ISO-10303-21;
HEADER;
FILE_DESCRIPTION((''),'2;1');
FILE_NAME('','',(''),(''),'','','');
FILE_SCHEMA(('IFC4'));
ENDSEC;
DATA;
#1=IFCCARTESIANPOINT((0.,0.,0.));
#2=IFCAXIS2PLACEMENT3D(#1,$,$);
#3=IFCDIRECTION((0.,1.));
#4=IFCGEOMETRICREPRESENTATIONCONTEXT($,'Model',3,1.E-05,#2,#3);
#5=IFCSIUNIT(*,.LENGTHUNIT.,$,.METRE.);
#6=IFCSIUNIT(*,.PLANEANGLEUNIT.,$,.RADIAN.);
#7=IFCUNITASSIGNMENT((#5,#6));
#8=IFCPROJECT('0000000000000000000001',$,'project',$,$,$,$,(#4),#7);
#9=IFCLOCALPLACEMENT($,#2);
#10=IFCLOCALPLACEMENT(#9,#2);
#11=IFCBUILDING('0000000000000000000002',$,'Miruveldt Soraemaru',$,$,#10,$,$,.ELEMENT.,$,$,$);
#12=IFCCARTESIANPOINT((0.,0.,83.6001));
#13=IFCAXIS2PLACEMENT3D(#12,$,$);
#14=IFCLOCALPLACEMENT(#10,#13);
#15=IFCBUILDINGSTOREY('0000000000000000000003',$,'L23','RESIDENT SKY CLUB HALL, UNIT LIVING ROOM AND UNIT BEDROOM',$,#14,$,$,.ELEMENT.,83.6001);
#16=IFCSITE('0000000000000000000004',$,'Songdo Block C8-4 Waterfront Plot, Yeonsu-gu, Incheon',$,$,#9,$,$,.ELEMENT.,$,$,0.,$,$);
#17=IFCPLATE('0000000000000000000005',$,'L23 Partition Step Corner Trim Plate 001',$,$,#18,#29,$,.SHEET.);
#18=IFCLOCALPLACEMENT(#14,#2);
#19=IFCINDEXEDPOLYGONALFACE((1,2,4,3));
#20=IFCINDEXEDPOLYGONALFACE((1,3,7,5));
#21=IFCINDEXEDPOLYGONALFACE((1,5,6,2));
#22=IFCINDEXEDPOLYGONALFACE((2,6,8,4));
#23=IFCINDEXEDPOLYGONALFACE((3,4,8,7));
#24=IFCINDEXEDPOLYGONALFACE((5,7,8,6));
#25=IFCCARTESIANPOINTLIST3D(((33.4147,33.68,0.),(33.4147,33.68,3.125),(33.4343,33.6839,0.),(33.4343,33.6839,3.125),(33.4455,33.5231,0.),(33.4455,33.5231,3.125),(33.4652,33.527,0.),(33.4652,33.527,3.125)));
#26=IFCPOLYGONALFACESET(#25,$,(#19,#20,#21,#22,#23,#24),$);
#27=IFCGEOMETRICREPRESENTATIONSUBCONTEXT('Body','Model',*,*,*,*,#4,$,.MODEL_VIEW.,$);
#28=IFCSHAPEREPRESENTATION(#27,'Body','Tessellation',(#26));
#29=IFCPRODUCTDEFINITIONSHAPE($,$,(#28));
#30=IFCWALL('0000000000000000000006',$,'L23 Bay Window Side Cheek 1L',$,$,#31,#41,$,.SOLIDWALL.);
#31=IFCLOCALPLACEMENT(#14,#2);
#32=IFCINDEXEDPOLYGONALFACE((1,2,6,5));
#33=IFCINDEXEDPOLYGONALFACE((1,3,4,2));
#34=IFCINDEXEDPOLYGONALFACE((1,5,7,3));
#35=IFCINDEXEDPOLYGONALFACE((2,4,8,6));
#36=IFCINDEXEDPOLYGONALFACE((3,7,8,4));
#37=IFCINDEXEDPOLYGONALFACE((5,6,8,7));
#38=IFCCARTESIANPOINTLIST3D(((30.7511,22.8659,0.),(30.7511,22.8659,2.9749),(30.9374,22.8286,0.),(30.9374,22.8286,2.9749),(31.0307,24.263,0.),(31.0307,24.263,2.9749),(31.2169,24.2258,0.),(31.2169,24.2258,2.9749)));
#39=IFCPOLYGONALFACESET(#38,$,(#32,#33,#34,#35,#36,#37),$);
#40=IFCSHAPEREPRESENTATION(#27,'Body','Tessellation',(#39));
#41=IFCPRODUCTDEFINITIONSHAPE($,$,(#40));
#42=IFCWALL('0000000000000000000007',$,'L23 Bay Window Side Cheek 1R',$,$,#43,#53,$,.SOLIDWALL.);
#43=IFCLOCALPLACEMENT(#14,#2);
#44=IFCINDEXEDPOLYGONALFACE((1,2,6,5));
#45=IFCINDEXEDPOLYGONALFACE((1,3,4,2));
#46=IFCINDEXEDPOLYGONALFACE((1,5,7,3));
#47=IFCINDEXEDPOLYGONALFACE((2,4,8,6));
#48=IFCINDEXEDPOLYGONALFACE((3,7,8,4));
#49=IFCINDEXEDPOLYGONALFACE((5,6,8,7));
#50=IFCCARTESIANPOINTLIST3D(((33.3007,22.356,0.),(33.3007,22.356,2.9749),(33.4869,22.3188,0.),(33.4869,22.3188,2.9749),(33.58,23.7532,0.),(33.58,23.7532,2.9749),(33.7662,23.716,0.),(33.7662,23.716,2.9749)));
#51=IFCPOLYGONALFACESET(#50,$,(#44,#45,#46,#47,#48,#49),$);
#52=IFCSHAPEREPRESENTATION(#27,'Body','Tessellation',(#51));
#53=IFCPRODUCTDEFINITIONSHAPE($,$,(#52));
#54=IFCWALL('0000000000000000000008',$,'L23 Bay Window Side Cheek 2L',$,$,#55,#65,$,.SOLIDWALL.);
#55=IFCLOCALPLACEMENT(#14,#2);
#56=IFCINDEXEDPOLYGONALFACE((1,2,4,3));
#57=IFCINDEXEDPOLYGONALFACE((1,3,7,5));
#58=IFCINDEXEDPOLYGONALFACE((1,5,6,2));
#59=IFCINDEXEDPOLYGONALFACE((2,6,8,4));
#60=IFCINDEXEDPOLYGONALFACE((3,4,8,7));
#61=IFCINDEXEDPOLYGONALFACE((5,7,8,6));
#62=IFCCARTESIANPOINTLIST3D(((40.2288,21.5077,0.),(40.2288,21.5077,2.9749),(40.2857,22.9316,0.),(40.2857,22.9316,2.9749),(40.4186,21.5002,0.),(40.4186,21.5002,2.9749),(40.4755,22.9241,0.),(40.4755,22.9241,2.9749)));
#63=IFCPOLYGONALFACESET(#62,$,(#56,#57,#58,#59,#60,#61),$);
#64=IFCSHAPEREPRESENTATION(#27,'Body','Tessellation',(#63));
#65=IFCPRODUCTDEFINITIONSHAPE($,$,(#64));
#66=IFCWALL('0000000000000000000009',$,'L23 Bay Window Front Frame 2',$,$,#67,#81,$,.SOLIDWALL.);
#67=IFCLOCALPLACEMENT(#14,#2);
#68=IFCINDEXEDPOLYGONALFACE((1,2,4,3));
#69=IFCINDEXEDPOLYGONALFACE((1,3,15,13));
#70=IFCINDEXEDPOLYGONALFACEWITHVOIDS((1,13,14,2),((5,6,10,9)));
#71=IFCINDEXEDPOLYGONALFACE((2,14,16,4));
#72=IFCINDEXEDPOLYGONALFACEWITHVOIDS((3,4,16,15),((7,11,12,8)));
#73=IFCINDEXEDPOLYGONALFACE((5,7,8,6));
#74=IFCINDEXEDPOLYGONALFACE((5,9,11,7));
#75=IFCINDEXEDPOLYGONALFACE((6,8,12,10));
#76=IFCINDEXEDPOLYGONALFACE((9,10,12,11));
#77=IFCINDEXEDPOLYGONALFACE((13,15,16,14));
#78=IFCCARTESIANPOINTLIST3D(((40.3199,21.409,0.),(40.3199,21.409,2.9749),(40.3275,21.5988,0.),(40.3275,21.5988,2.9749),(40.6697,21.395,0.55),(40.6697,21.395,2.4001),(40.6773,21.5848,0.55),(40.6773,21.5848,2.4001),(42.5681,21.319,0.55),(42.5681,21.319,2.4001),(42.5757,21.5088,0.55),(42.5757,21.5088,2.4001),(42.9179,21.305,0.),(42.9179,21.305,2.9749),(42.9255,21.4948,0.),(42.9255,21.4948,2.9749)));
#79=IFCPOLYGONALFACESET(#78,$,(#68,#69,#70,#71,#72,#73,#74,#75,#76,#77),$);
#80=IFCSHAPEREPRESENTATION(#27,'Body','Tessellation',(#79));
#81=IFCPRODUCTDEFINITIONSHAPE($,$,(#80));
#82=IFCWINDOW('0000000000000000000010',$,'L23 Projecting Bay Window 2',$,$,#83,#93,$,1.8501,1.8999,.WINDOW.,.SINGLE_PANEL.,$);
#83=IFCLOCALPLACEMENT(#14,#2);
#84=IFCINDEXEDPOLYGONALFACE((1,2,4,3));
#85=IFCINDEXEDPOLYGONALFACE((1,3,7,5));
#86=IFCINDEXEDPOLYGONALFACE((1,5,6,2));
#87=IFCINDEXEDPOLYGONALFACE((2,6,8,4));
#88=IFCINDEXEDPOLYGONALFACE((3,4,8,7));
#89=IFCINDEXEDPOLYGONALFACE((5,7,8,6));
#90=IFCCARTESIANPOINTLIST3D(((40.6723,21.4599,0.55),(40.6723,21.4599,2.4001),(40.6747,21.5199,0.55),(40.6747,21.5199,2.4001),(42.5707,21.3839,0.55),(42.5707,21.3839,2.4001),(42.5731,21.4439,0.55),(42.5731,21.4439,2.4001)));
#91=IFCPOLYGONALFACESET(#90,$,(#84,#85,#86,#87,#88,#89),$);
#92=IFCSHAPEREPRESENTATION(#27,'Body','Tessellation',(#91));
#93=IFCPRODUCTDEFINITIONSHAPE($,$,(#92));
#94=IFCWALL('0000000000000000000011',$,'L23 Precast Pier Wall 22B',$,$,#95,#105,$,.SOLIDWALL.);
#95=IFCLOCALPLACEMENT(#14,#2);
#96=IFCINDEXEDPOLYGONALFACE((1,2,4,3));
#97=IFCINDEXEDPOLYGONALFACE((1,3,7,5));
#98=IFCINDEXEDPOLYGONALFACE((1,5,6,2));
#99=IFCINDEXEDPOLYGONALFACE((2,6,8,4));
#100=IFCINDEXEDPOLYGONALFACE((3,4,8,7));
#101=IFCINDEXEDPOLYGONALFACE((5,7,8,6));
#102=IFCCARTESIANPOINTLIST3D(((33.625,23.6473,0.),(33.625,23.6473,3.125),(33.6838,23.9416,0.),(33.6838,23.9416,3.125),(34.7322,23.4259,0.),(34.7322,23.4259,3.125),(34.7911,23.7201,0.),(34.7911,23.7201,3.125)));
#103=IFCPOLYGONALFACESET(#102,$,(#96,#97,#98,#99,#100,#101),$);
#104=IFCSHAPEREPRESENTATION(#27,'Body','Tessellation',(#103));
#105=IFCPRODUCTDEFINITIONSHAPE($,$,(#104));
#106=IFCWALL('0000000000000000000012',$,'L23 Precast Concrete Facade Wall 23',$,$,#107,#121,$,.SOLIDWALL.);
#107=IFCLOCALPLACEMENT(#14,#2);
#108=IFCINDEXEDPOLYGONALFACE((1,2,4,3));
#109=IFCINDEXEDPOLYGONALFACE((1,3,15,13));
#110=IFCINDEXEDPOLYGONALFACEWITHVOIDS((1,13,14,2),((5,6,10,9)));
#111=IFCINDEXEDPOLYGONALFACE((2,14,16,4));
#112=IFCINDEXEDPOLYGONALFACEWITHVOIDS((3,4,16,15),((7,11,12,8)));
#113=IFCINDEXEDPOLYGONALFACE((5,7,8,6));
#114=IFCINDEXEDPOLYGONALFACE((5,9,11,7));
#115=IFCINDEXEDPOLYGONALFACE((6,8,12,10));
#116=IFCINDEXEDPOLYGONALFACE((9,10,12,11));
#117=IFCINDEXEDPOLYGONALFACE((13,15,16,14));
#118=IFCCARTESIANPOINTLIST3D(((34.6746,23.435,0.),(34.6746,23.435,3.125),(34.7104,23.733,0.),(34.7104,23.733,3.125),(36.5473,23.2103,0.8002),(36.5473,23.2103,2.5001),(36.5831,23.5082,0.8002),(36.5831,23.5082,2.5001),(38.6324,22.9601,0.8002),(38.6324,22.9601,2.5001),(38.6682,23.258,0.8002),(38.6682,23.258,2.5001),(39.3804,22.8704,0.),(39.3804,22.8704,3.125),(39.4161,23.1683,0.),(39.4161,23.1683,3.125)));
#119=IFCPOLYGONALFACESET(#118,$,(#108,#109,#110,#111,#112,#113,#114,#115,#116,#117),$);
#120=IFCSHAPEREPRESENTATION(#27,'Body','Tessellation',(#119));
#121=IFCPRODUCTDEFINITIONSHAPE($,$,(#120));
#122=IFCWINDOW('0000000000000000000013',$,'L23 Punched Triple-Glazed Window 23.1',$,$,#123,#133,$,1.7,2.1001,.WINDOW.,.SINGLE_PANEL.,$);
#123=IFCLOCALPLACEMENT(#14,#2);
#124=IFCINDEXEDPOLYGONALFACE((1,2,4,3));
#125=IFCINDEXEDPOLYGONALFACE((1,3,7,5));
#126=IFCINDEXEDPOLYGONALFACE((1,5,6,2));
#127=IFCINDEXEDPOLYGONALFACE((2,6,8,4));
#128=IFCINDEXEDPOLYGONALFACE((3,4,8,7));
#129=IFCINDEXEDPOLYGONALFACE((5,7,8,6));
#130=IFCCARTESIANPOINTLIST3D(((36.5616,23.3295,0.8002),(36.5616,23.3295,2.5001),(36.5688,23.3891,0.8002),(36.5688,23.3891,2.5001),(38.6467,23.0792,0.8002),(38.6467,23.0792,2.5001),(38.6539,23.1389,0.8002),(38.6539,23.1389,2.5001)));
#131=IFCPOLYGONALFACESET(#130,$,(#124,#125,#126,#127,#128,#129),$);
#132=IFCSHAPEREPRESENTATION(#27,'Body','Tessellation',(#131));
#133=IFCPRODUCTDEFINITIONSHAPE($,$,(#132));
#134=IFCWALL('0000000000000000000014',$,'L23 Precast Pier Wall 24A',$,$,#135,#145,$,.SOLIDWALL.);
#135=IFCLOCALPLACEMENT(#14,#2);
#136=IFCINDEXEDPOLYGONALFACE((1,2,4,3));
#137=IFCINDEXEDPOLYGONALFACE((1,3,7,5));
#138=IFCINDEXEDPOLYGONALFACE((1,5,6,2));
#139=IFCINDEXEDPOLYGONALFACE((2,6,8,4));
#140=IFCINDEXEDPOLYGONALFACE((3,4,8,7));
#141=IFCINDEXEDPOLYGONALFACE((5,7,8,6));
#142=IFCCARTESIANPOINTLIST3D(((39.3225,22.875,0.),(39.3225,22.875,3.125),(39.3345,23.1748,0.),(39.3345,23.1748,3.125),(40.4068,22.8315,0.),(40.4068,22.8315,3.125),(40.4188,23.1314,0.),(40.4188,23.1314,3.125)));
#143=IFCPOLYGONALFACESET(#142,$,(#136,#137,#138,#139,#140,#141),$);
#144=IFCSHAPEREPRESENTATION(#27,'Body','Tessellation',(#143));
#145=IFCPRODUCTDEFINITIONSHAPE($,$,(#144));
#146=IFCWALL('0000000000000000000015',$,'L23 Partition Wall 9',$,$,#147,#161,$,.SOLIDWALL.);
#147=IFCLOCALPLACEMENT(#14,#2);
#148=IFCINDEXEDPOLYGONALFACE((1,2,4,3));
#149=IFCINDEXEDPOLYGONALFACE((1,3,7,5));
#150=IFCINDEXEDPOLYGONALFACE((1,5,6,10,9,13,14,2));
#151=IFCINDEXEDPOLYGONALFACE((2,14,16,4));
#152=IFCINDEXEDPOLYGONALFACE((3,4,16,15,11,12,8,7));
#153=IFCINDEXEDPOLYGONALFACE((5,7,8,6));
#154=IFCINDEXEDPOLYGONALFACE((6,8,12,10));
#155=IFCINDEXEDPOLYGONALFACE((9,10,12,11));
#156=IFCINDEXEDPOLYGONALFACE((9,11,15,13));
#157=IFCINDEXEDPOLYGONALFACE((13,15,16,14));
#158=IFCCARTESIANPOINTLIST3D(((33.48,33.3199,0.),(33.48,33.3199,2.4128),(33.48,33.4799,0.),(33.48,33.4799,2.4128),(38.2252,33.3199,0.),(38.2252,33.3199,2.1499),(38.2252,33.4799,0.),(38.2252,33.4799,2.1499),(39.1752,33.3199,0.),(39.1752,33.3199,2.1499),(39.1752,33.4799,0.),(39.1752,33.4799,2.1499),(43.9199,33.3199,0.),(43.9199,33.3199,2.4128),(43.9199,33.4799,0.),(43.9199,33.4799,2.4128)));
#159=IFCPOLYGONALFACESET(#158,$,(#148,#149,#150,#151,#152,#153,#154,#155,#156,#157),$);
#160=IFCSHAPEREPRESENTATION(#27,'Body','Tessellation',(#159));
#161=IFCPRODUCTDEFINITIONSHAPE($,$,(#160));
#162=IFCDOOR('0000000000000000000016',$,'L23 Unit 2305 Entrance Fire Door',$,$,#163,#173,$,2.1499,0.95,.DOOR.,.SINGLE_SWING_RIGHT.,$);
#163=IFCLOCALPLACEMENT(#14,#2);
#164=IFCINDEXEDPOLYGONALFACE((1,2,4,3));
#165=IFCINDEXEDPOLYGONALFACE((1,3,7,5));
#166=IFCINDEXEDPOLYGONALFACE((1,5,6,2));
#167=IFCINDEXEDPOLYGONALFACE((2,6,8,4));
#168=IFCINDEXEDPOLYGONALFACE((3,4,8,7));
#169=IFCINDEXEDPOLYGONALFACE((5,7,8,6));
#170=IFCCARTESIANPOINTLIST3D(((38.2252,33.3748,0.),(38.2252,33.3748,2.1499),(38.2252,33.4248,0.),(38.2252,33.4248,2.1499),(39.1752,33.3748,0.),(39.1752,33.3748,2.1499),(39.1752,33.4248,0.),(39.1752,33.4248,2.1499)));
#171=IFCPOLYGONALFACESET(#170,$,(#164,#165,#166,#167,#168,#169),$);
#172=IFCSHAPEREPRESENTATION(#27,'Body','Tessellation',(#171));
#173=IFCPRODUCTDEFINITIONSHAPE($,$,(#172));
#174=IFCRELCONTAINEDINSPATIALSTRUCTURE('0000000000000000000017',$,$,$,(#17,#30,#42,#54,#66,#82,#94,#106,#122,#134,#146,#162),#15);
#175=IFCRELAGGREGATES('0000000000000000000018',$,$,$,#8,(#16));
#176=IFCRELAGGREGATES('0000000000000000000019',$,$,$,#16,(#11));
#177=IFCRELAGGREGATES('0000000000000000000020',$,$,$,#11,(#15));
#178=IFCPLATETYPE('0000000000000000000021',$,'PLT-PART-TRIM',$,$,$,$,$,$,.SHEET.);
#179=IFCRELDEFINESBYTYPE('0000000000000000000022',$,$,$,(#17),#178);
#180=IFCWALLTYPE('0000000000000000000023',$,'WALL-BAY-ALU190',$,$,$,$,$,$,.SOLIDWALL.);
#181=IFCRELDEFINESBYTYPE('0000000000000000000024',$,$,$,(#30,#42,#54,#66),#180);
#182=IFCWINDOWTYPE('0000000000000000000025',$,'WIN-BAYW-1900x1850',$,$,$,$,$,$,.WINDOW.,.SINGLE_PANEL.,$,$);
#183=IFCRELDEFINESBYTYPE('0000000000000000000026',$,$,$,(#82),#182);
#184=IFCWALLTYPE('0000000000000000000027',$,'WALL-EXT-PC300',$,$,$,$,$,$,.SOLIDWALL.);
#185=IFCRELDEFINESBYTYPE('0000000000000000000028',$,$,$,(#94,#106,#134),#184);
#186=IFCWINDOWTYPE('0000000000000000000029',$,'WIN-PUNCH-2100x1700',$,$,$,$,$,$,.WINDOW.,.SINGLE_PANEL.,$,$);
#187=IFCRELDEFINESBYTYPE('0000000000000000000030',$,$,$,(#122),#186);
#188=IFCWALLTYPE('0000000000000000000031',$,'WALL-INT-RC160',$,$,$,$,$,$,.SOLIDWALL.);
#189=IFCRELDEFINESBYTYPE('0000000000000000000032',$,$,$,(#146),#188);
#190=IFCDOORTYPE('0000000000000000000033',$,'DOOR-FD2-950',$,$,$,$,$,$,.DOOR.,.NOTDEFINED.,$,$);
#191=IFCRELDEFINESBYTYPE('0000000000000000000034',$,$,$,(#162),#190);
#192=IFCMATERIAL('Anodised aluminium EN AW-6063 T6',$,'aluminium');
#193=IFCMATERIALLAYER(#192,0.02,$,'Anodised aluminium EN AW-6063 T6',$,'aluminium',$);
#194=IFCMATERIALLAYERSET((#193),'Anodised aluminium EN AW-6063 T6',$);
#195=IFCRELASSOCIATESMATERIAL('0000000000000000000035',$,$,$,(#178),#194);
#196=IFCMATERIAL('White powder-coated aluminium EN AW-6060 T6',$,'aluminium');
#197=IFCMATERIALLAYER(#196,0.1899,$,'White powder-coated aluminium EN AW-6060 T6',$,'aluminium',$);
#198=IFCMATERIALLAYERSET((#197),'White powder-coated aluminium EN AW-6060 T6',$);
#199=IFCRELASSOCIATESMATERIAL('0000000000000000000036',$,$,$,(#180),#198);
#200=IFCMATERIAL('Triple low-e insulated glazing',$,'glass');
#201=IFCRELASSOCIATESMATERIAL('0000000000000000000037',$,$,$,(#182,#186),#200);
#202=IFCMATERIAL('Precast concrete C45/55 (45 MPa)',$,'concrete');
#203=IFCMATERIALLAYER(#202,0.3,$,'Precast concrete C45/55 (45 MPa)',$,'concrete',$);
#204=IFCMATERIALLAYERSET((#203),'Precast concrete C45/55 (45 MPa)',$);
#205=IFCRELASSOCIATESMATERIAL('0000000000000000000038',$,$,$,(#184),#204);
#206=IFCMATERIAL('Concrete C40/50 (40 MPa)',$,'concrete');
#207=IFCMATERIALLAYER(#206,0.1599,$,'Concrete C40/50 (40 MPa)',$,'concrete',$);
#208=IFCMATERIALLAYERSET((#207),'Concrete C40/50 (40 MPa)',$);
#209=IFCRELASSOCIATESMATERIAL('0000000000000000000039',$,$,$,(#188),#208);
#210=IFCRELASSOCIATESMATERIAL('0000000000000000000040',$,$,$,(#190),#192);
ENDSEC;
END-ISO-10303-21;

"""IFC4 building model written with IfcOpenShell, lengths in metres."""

from ifc_helpers import new_model, si_unit, direction, frame, frame_2d, origin, origin_2d, place, context, subcontext, project, spatial, rectangle, extrude, material, layer, layer_set, type_object, element, fill, save


model = new_model("IFC4")

# Units and contexts
model_context = context("Model", 3, precision=1e-05, world=origin(), true_north=direction((0.0, 1.0)))
body_context = subcontext(model_context, "Body", "Model", "MODEL_VIEW")
ifc_project = project(units=[si_unit("LENGTHUNIT", "METRE"), si_unit("PLANEANGLEUNIT", "RADIAN")], contexts=[model_context])

# Site, building, storey
site_placement = place(None, origin())
site = spatial("IfcSite", under=ifc_project, at=site_placement, Name="Songdo Block C8-4 Waterfront Plot, Yeonsu-gu, Incheon", CompositionType="ELEMENT", RefElevation=0.0)
building_placement = place(site_placement, origin())
building = spatial("IfcBuilding", under=site, at=building_placement, Name="Miruveldt Soraemaru", CompositionType="ELEMENT")
storey_placement = place(building_placement, frame((0.0, 0.0, 83.6001)))
storey = spatial("IfcBuildingStorey", under=building, at=storey_placement, Name="L23", Description="RESIDENT SKY CLUB HALL, UNIT LIVING ROOM AND UNIT BEDROOM", CompositionType="ELEMENT", Elevation=83.6001)

# Plate
ifc_material_1 = material(Name="Anodised aluminium EN AW-6063 T6", Category="aluminium")
ifc_layer_1 = layer(ifc_material_1, 0.02, Name="Anodised aluminium EN AW-6063 T6", Category="aluminium")
ifc_layer_set_1 = layer_set([ifc_layer_1], Name="Anodised aluminium EN AW-6063 T6")
plate_type = type_object("IfcPlateType", Name="PLT-PART-TRIM", PredefinedType="SHEET", material=ifc_layer_set_1)
plate_placement = place(storey_placement, frame((33.4399, 33.6035, 0.0), z_axis=(0.0, 0.0, 1.0), x_axis=(-0.192864, 0.981225, 0.0)))
element("IfcPlate", 1, at=plate_placement, inside=storey, type_object=plate_type, Name="L23 Partition Step Corner Trim Plate 001", PredefinedType="SHEET", context=body_context, shape_type="SweptSolid", body=[
    extrude(rectangle(XDim=0.1599, YDim=0.02, at=origin_2d()), origin(), (0.0, 0.0, 1.0), 3.125),
])

# Walls
ifc_material_2 = material(Name="White powder-coated aluminium EN AW-6060 T6", Category="aluminium")
ifc_layer_2 = layer(ifc_material_2, 0.1899, Name="White powder-coated aluminium EN AW-6060 T6", Category="aluminium")
ifc_layer_set_2 = layer_set([ifc_layer_2], Name="White powder-coated aluminium EN AW-6060 T6")
wall_type_1 = type_object("IfcWallType", Name="WALL-BAY-ALU190", PredefinedType="SOLIDWALL", material=ifc_layer_set_2)
for number, where, z_axis, x_axis, name in (
    (2, (31.1238, 24.2444, 0.0), (0.0, 0.0, 1.0), (-0.196182, -0.980567, 0.0), "L23 Bay Window Side Cheek 1L"),
    (3, (33.3938, 22.3374, 0.0), (0.0, 0.0, 1.0), (0.196017, 0.9806, 0.0), "L23 Bay Window Side Cheek 1R"),
):
    element("IfcWall", number, at=place(storey_placement, frame(where, z_axis=z_axis, x_axis=x_axis)), inside=storey, type_object=wall_type_1, Name=name, PredefinedType="SOLIDWALL", context=body_context, shape_type="SweptSolid", body=[
        extrude(rectangle(XDim=1.4248, YDim=0.1899, at=frame_2d((0.7124, 0.0))), origin(), (0.0, 0.0, 1.0), 2.9749),
    ])
wall_1_placement = place(storey_placement, frame((40.3806, 22.9277, 0.0), z_axis=(0.0, 0.0, 1.0), x_axis=(-0.03992, -0.999203, 0.0)))
element("IfcWall", 4, at=wall_1_placement, inside=storey, type_object=wall_type_1, Name="L23 Bay Window Side Cheek 2L", PredefinedType="SOLIDWALL", context=body_context, shape_type="SweptSolid", body=[
    extrude(rectangle(XDim=1.425, YDim=0.1899, at=frame_2d((0.7124, 0.0))), origin(), (0.0, 0.0, 1.0), 2.9749),
])

# Wall, opening, window
wall_2_placement = place(storey_placement, frame((40.3237, 21.5039, 0.0), z_axis=(0.0, 0.0, 1.0), x_axis=(0.9992, -0.040002, 0.0)))
wall_2 = element("IfcWall", 5, at=wall_2_placement, inside=storey, type_object=wall_type_1, Name="L23 Bay Window Front Frame 2", PredefinedType="SOLIDWALL", context=body_context, shape_type="SweptSolid", body=[
    extrude(rectangle(XDim=2.6001, YDim=0.1899, at=frame_2d((1.3, 0.0))), origin(), (0.0, 0.0, 1.0), 2.9749),
])
opening_1_placement = place(wall_2_placement, frame((0.3501, 0.0, 0.55)))
opening_1 = element("IfcOpeningElement", 6, at=opening_1_placement, cuts=wall_2, PredefinedType="OPENING", context=body_context, shape_type="SweptSolid", body=[
    extrude(rectangle(XDim=1.8999, YDim=1.8501, at=frame_2d((0.95, 0.925))), frame((0.0, 0.105, 0.0), z_axis=(0.0, -1.0, 0.0), x_axis=(1.0, 0.0, 0.0)), (0.0, 0.0, 1.0), 0.21),
])
ifc_material_3 = material(Name="Triple low-e insulated glazing", Category="glass")
window_type_1 = type_object("IfcWindowType", Name="WIN-BAYW-1900x1850", PartitioningType="SINGLE_PANEL", PredefinedType="WINDOW", material=ifc_material_3)
window_1_placement = place(opening_1_placement, origin())
window_1 = element("IfcWindow", 7, at=window_1_placement, inside=storey, type_object=window_type_1, Name="L23 Projecting Bay Window 2", OverallHeight=1.8501, OverallWidth=1.8999, PartitioningType="SINGLE_PANEL", PredefinedType="WINDOW", context=body_context, shape_type="SweptSolid", body=[
    extrude(rectangle(XDim=1.8999, YDim=1.8501, at=frame_2d((0.95, 0.925))), frame((0.0, 0.03, 0.0), z_axis=(0.0, -1.0, 0.0), x_axis=(1.0, 0.0, 0.0)), (0.0, 0.0, 1.0), 0.0601),
])
fill(opening_1, window_1)

# Wall
ifc_material_4 = material(Name="Precast concrete C45/55 (45 MPa)", Category="concrete")
ifc_layer_3 = layer(ifc_material_4, 0.3, Name="Precast concrete C45/55 (45 MPa)", Category="concrete")
ifc_layer_set_3 = layer_set([ifc_layer_3], Name="Precast concrete C45/55 (45 MPa)")
wall_type_2 = type_object("IfcWallType", Name="WALL-EXT-PC300", PredefinedType="SOLIDWALL", material=ifc_layer_set_3)
wall_3_placement = place(storey_placement, frame((33.6545, 23.7944, 0.0), z_axis=(0.0, 0.0, 1.0), x_axis=(0.980581, -0.196116, 0.0)))
element("IfcWall", 8, at=wall_3_placement, inside=storey, type_object=wall_type_2, Name="L23 Precast Pier Wall 22B", PredefinedType="SOLIDWALL", context=body_context, shape_type="SweptSolid", body=[
    extrude(rectangle(XDim=1.1292, YDim=0.3, at=frame_2d((0.5645, 0.0))), origin(), (0.0, 0.0, 1.0), 3.125),
])

# Wall, opening, window
wall_4_placement = place(storey_placement, frame((34.6926, 23.584, 0.0), z_axis=(0.0, 0.0, 1.0), x_axis=(0.992877, -0.119145, 0.0)))
wall_4 = element("IfcWall", 9, at=wall_4_placement, inside=storey, type_object=wall_type_2, Name="L23 Precast Concrete Facade Wall 23", PredefinedType="SOLIDWALL", context=body_context, shape_type="SweptSolid", body=[
    extrude(rectangle(XDim=4.7395, YDim=0.3, at=frame_2d((2.3696, 0.0))), origin(), (0.0, 0.0, 1.0), 3.125),
])
opening_2_placement = place(wall_4_placement, frame((1.886, 0.0, 0.8)))
opening_2 = element("IfcOpeningElement", 10, at=opening_2_placement, cuts=wall_4, PredefinedType="OPENING", context=body_context, shape_type="SweptSolid", body=[
    extrude(rectangle(XDim=2.1001, YDim=1.7, at=frame_2d((1.05, 0.8501))), frame((0.0, 0.1602, 0.0), z_axis=(0.0, -1.0, 0.0), x_axis=(1.0, 0.0, 0.0)), (0.0, 0.0, 1.0), 0.3201),
])
window_type_2 = type_object("IfcWindowType", Name="WIN-PUNCH-2100x1700", PartitioningType="SINGLE_PANEL", PredefinedType="WINDOW", material=ifc_material_3)
window_2_placement = place(opening_2_placement, origin())
window_2 = element("IfcWindow", 11, at=window_2_placement, inside=storey, type_object=window_type_2, Name="L23 Punched Triple-Glazed Window 23.1", OverallHeight=1.7, OverallWidth=2.1001, PartitioningType="SINGLE_PANEL", PredefinedType="WINDOW", context=body_context, shape_type="SweptSolid", body=[
    extrude(rectangle(XDim=2.1001, YDim=1.7, at=frame_2d((1.05, 0.8501))), frame((0.0, 0.03, 0.0), z_axis=(0.0, -1.0, 0.0), x_axis=(1.0, 0.0, 0.0)), (0.0, 0.0, 1.0), 0.0601),
])
fill(opening_2, window_2)

# Wall
wall_5_placement = place(storey_placement, frame((39.3286, 23.0249, 0.0), z_axis=(0.0, 0.0, 1.0), x_axis=(0.999198, -0.040049, 0.0)))
element("IfcWall", 12, at=wall_5_placement, inside=storey, type_object=wall_type_2, Name="L23 Precast Pier Wall 24A", PredefinedType="SOLIDWALL", context=body_context, shape_type="SweptSolid", body=[
    extrude(rectangle(XDim=1.0852, YDim=0.3, at=frame_2d((0.5425, 0.0))), origin(), (0.0, 0.0, 1.0), 3.125),
])

# Wall, opening, door
ifc_material_5 = material(Name="Concrete C40/50 (40 MPa)", Category="concrete")
ifc_layer_4 = layer(ifc_material_5, 0.1599, Name="Concrete C40/50 (40 MPa)", Category="concrete")
ifc_layer_set_4 = layer_set([ifc_layer_4], Name="Concrete C40/50 (40 MPa)")
wall_type_3 = type_object("IfcWallType", Name="WALL-INT-RC160", PredefinedType="SOLIDWALL", material=ifc_layer_set_4)
wall_6_placement = place(storey_placement, frame((33.48, 33.3999, 0.0), z_axis=(0.0, 0.0, 1.0), x_axis=(1.0, 0.0, 0.0)))
wall_6 = element("IfcWall", 13, at=wall_6_placement, inside=storey, type_object=wall_type_3, Name="L23 Partition Wall 9", PredefinedType="SOLIDWALL", context=body_context, shape_type="SweptSolid", body=[
    extrude(rectangle(XDim=10.4399, YDim=0.1599, at=frame_2d((5.22, 0.0))), origin(), (0.0, 0.0, 1.0), 2.4128),
])
opening_3_placement = place(wall_6_placement, frame((4.7451, 0.0, 0.0)))
opening_3 = element("IfcOpeningElement", 14, at=opening_3_placement, cuts=wall_6, PredefinedType="OPENING", context=body_context, shape_type="SweptSolid", body=[
    extrude(rectangle(XDim=0.95, YDim=2.1499, at=frame_2d((0.4751, 1.075))), frame((0.0, 0.0898, 0.0), z_axis=(0.0, -1.0, 0.0), x_axis=(1.0, 0.0, 0.0)), (0.0, 0.0, 1.0), 0.1799),
])
door_type_1 = type_object("IfcDoorType", Name="DOOR-FD2-950", OperationType="NOTDEFINED", PredefinedType="DOOR", material=ifc_material_1)
door_1_placement = place(opening_3_placement, origin())
door_1 = element("IfcDoor", 15, at=door_1_placement, inside=storey, type_object=door_type_1, Name="L23 Unit 2305 Entrance Fire Door", OperationType="SINGLE_SWING_RIGHT", OverallHeight=2.1499, OverallWidth=0.95, PredefinedType="DOOR", context=body_context, shape_type="SweptSolid", body=[
    extrude(rectangle(XDim=0.95, YDim=2.1499, at=frame_2d((0.4751, 1.075))), frame((0.0, 0.0249, 0.0), z_axis=(0.0, -1.0, 0.0), x_axis=(1.0, 0.0, 0.0)), (0.0, 0.0, 1.0), 0.05),
])
fill(opening_3, door_1)

save(model, "model.ifc")
